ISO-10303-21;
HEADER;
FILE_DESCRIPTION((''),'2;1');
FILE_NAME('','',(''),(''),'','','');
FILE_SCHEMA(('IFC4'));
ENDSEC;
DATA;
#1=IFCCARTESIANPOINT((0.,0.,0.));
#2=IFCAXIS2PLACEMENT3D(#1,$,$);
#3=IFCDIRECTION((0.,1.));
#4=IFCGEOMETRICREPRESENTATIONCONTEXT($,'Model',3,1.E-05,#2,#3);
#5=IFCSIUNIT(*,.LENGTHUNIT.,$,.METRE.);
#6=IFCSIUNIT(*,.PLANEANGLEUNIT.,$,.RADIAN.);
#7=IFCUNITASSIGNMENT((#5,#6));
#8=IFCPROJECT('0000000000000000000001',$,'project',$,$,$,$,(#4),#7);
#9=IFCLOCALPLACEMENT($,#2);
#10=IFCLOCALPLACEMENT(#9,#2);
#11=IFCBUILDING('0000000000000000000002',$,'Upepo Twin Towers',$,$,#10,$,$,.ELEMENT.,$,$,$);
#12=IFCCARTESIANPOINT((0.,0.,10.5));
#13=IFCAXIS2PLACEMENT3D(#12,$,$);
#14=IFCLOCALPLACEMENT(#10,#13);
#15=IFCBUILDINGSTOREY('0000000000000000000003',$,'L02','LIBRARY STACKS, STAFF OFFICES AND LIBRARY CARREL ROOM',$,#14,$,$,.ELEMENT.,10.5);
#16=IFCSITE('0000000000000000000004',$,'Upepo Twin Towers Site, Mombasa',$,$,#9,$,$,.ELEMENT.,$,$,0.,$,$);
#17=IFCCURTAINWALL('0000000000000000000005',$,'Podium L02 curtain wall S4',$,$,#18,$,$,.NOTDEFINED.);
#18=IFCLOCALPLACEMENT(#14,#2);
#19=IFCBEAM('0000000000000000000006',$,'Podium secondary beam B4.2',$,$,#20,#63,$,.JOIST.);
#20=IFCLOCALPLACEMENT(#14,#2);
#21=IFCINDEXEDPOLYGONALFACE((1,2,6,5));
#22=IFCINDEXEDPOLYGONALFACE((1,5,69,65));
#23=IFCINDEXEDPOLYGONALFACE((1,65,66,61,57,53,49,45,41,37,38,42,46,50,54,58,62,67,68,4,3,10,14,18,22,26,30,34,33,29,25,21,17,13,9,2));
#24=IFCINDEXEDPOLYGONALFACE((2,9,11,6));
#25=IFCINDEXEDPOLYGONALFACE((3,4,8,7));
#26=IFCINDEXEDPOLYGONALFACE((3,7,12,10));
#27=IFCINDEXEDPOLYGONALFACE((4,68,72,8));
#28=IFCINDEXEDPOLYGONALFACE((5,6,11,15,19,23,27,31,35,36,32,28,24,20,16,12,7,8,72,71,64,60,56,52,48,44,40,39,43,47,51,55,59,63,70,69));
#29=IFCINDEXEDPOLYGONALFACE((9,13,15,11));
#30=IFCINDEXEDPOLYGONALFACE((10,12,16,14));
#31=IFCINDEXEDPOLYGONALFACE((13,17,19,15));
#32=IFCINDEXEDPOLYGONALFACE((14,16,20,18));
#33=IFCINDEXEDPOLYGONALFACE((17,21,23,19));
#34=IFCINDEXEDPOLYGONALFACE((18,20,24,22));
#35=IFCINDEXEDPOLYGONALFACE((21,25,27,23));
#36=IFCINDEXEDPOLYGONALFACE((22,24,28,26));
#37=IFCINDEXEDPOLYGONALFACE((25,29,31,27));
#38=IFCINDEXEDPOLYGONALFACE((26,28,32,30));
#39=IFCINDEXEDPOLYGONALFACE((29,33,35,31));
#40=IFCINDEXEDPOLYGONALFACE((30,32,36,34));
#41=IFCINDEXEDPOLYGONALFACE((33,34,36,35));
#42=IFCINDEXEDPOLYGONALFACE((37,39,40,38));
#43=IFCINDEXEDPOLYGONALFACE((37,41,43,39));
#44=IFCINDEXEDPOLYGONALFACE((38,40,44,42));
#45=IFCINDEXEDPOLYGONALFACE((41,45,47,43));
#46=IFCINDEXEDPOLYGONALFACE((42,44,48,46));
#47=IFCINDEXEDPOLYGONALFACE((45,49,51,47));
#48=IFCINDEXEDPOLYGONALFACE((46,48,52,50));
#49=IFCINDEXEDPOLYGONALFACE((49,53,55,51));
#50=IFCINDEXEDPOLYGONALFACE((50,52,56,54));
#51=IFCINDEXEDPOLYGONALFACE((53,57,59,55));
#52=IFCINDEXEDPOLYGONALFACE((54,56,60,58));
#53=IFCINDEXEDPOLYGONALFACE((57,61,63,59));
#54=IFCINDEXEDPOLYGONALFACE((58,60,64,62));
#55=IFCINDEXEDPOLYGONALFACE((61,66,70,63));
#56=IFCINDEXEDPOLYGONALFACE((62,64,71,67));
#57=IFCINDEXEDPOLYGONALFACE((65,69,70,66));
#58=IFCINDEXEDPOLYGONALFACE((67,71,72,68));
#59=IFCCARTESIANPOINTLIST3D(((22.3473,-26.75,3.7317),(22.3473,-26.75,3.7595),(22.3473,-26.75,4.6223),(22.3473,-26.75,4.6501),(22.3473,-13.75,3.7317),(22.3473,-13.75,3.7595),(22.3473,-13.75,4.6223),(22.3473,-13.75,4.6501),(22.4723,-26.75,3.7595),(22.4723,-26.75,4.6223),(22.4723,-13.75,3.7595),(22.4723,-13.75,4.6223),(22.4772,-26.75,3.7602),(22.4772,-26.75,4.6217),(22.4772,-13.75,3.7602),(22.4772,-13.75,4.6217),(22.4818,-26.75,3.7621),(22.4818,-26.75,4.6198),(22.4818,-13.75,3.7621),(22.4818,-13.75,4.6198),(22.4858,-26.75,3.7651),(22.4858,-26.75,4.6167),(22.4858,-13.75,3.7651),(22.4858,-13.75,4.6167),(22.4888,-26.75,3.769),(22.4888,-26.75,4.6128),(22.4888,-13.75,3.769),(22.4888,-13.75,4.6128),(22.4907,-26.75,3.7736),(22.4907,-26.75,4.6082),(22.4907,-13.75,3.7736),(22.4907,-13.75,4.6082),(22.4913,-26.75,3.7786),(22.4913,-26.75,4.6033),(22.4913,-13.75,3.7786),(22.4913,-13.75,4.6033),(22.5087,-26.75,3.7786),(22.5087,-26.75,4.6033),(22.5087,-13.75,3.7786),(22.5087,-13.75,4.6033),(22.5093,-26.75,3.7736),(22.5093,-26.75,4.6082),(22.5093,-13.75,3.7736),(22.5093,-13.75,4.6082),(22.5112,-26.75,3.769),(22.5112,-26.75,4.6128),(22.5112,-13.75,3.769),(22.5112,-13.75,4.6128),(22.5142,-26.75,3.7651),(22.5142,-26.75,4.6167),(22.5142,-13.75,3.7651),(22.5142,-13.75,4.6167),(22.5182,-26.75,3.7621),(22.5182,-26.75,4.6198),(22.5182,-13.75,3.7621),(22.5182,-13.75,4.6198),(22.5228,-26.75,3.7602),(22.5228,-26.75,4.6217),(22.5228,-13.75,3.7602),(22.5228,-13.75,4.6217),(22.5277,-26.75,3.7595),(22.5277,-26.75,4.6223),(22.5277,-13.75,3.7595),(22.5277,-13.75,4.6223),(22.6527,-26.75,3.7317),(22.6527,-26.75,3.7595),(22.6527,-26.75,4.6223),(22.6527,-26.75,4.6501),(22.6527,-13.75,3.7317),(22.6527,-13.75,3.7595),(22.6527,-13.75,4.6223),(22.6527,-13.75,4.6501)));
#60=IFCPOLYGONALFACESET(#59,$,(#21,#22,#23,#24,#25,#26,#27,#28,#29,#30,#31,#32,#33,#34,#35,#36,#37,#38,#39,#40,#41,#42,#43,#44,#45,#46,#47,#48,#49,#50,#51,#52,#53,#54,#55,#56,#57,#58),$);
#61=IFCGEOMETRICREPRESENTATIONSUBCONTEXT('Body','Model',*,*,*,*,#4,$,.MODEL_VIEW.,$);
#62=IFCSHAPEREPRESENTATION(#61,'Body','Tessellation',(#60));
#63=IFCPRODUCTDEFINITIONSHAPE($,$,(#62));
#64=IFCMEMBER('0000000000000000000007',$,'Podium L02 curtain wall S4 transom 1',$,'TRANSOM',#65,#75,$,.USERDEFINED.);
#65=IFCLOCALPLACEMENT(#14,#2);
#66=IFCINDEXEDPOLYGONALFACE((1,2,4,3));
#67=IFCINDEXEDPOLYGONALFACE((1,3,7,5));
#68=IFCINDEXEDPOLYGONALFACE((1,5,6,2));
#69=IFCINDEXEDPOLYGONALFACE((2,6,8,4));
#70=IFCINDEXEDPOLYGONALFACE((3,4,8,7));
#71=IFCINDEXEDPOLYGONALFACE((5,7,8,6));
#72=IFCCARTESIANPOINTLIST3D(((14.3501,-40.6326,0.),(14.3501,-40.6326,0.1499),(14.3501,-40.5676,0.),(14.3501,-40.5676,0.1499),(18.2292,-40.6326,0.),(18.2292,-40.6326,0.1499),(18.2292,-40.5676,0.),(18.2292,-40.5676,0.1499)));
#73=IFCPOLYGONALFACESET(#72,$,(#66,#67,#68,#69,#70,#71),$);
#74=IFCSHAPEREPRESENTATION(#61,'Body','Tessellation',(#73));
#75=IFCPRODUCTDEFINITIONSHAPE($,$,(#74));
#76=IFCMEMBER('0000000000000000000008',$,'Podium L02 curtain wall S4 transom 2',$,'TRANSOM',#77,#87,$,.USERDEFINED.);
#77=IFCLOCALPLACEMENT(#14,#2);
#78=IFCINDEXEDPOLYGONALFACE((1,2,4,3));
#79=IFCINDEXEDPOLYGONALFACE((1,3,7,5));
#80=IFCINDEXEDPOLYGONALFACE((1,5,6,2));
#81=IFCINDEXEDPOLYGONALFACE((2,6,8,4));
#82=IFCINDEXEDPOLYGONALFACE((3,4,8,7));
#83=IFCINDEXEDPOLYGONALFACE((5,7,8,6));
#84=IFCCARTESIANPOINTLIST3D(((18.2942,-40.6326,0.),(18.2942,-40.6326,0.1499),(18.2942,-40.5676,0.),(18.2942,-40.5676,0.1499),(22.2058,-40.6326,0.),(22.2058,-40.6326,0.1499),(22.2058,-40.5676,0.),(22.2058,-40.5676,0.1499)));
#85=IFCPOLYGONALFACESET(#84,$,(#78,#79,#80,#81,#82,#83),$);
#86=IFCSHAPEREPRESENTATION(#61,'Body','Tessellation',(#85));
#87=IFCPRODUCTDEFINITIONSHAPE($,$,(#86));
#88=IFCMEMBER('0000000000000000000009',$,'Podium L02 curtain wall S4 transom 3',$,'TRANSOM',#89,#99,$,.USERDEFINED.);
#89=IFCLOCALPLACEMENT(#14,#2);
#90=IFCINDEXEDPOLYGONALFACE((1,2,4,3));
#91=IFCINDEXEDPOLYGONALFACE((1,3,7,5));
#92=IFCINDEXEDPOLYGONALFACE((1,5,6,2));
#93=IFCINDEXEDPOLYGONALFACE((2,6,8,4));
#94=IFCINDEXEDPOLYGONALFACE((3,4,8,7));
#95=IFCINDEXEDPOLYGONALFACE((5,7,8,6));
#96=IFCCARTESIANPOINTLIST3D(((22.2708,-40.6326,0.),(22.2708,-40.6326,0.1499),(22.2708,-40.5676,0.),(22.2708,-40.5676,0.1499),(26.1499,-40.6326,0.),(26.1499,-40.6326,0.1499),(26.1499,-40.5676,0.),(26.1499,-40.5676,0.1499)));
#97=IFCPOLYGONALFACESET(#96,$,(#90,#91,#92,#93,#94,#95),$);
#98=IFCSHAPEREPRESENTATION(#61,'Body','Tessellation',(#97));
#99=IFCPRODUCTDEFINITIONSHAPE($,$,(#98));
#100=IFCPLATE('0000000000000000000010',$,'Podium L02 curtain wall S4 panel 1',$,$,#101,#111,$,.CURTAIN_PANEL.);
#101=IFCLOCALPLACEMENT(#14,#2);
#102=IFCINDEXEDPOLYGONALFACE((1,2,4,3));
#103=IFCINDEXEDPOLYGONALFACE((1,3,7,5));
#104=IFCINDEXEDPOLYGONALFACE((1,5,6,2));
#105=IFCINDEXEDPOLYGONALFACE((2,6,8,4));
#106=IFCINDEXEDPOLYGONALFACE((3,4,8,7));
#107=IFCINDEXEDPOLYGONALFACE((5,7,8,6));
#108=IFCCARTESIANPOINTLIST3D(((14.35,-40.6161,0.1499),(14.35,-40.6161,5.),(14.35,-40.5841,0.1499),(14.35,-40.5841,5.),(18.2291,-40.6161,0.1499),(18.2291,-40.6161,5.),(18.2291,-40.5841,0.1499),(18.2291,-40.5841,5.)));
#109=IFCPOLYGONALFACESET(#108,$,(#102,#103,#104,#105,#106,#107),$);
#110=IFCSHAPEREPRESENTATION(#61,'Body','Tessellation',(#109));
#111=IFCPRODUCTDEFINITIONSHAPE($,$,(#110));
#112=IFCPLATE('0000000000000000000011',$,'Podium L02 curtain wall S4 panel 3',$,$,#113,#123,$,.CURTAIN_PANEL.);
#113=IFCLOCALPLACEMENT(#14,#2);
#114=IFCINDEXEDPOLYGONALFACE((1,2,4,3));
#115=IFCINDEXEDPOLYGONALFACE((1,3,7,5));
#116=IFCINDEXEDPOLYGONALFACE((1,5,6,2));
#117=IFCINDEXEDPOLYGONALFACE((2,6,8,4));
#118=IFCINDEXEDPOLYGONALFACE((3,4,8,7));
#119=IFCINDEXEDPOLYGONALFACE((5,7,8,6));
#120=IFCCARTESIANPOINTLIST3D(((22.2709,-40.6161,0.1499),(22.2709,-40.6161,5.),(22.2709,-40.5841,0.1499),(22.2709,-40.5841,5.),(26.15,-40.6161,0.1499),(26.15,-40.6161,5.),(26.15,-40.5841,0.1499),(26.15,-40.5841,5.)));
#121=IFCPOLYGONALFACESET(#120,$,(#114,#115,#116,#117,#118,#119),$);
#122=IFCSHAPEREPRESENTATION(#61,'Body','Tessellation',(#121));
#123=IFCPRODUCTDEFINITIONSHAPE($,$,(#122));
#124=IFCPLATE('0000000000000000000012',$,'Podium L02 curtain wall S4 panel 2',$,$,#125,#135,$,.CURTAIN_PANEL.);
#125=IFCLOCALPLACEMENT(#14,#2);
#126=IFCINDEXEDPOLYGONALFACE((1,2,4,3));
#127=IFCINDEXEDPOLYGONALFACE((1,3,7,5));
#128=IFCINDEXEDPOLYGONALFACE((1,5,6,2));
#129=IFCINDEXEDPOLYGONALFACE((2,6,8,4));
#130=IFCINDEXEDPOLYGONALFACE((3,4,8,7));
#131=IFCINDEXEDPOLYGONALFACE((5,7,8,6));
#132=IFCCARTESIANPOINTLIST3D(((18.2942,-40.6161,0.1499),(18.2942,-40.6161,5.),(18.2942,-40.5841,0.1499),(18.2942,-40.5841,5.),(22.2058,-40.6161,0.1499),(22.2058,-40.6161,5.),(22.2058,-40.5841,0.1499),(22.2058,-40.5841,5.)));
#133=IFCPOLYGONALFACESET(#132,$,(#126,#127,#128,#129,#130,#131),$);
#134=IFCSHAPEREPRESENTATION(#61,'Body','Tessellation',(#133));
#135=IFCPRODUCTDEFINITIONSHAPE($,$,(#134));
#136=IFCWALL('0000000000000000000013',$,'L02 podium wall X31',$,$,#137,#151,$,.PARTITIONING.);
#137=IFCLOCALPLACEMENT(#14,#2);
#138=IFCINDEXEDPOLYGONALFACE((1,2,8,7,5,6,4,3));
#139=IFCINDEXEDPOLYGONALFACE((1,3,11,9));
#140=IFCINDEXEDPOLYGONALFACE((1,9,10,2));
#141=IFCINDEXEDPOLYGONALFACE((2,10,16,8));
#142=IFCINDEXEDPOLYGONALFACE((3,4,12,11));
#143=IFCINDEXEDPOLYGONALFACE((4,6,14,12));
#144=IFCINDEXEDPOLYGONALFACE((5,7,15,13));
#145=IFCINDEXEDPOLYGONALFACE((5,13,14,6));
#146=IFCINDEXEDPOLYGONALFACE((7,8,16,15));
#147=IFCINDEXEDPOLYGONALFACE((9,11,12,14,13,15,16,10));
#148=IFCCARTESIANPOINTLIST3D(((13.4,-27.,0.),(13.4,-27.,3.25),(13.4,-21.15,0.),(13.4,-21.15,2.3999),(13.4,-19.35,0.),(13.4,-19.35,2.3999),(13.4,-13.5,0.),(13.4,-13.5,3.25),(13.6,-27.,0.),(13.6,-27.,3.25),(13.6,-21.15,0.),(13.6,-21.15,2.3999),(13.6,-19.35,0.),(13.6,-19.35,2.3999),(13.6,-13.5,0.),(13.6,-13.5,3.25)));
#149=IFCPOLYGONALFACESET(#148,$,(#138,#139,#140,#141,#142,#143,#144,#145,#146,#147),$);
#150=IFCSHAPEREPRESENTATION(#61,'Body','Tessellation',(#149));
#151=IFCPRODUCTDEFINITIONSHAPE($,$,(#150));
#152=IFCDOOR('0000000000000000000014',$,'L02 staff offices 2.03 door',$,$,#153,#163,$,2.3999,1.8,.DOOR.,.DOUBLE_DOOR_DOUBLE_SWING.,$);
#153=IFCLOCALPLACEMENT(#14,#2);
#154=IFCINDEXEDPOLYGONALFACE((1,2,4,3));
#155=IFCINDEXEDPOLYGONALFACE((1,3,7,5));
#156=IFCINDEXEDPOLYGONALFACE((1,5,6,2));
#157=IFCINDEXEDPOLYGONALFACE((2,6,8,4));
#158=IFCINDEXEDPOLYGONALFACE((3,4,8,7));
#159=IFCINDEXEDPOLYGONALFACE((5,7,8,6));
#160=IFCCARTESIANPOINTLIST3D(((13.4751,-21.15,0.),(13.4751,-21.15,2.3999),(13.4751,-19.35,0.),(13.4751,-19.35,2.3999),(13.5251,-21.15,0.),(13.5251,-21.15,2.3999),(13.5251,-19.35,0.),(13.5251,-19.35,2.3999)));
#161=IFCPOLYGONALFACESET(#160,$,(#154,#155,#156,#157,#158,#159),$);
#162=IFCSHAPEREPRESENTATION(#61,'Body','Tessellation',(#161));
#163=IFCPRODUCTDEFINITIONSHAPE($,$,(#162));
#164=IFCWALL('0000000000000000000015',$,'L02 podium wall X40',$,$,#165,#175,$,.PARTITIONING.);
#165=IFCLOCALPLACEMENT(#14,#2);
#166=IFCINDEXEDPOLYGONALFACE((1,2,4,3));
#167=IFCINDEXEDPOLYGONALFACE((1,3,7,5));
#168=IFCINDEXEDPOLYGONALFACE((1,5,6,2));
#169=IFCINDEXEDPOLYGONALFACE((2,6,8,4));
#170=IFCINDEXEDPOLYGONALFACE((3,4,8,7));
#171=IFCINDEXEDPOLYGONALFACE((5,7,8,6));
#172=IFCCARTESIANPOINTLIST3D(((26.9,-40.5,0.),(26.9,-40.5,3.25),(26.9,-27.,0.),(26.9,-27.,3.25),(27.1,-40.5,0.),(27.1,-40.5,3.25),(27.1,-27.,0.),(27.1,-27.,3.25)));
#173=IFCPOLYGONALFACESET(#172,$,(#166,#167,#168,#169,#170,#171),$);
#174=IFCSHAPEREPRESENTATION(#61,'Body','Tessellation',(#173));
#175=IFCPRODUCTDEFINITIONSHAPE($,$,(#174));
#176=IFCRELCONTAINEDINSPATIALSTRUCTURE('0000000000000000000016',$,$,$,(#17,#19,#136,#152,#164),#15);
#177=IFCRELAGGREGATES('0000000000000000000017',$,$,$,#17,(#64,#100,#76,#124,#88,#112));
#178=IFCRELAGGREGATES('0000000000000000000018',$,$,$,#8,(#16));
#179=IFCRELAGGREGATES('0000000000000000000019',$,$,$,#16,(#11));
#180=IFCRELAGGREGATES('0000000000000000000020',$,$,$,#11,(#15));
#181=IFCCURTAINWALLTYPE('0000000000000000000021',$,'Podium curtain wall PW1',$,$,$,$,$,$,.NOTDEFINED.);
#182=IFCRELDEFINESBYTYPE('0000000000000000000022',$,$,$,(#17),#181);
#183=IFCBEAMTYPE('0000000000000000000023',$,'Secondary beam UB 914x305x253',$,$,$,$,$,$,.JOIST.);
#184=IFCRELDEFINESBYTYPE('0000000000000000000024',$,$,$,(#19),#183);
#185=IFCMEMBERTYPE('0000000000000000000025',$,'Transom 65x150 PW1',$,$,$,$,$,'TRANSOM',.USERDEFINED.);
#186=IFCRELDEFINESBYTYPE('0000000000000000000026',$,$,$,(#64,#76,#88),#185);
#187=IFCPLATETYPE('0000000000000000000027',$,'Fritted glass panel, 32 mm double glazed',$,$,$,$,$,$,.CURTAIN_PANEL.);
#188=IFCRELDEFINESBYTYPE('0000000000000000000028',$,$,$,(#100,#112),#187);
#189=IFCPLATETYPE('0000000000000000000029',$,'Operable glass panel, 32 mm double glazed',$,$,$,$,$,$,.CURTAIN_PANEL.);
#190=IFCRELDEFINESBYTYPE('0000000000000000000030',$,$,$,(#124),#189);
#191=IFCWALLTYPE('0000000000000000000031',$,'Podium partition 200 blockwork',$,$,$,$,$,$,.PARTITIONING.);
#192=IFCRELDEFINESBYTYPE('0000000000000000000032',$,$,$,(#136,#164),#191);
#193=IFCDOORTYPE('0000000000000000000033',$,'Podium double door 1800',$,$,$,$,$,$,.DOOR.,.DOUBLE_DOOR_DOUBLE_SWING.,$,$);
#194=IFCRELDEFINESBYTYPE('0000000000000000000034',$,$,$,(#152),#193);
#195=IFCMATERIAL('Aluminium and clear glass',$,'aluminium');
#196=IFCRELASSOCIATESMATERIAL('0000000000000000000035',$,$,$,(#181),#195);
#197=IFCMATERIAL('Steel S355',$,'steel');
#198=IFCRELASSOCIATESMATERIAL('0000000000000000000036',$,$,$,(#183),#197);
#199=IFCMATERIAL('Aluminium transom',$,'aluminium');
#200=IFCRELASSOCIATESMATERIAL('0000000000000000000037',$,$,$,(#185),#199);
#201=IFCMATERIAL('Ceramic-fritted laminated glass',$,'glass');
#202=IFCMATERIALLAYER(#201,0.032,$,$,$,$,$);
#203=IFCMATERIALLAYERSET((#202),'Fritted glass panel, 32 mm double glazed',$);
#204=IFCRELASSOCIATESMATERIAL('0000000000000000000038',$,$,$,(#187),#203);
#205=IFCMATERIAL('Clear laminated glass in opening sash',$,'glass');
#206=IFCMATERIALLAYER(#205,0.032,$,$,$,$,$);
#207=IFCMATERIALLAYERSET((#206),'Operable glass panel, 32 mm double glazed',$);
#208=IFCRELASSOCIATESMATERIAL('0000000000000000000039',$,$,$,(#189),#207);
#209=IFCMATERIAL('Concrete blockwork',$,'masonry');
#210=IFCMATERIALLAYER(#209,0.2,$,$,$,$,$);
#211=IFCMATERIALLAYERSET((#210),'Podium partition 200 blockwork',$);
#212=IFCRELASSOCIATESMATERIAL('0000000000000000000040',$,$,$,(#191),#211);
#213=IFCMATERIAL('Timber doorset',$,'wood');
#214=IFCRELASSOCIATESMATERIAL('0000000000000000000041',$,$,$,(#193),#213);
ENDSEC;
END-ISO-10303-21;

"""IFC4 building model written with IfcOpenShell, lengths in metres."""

from ifc_helpers import new_model, si_unit, direction, frame, frame_2d, origin, origin_2d, place, context, subcontext, project, spatial, rectangle, i_section, extrude, material, layer, layer_set, material_profile, profile_set, type_object, element, fill, aggregate, save


model = new_model("IFC4")

# Units and contexts
model_context = context("Model", 3, precision=1e-05, world=origin(), true_north=direction((0.0, 1.0)))
body_context = subcontext(model_context, "Body", "Model", "MODEL_VIEW")
ifc_project = project(units=[si_unit("LENGTHUNIT", "METRE"), si_unit("PLANEANGLEUNIT", "RADIAN")], contexts=[model_context])

# Site, building, storey
site_placement = place(None, origin())
site = spatial("IfcSite", under=ifc_project, at=site_placement, Name="Upepo Twin Towers Site, Mombasa", CompositionType="ELEMENT", RefElevation=0.0)
building_placement = place(site_placement, origin())
building = spatial("IfcBuilding", under=site, at=building_placement, Name="Upepo Twin Towers", CompositionType="ELEMENT")
storey_placement = place(building_placement, frame((0.0, 0.0, 10.5)))
storey = spatial("IfcBuildingStorey", under=building, at=storey_placement, Name="L02", Description="LIBRARY STACKS, STAFF OFFICES AND LIBRARY CARREL ROOM", CompositionType="ELEMENT", Elevation=10.5)

# Curtain wall
ifc_material_1 = material(Name="Aluminium and clear glass", Category="aluminium")
curtain_wall_type = type_object("IfcCurtainWallType", Name="Podium curtain wall PW1", PredefinedType="NOTDEFINED", material=ifc_material_1)
curtain_wall_placement = place(storey_placement, origin())
curtain_wall = element("IfcCurtainWall", 1, at=curtain_wall_placement, inside=storey, type_object=curtain_wall_type, Name="Podium L02 curtain wall S4", PredefinedType="NOTDEFINED")

# Beam
ifc_material_2 = material(Name="Steel S355", Category="steel")
ifc_material_profile_1 = material_profile(ifc_material_2, i_section(OverallWidth=0.3054, OverallDepth=0.9185, WebThickness=0.0173, FlangeThickness=0.0278, FilletRadius=0.019, at=origin_2d()), Name="UB 914x305x253")
ifc_profile_set_1 = profile_set([ifc_material_profile_1], Name="Steel S355")
beam_type_1 = type_object("IfcBeamType", Name="Secondary beam UB 914x305x253", PredefinedType="JOIST", material=ifc_profile_set_1)
for number, where, z_axis, x_axis, name in (
    (2, (22.5, -26.75, 4.1909), (0.0, 1.0, 0.0), (-1.0, 0.0, 0.0), "Podium secondary beam B4.2"),
):
    element("IfcBeam", number, at=place(storey_placement, frame(where, z_axis=z_axis, x_axis=x_axis)), inside=storey, type_object=beam_type_1, Name=name, PredefinedType="JOIST", context=body_context, shape_type="SweptSolid", body=[
        extrude(i_section(OverallWidth=0.3054, OverallDepth=0.9185, WebThickness=0.0173, FlangeThickness=0.0278, FilletRadius=0.019, at=origin_2d()), origin(), (0.0, 0.0, 1.0), 13.0),
    ])

# Members
ifc_material_3 = material(Name="Aluminium transom", Category="aluminium")
ifc_material_profile_2 = material_profile(ifc_material_3, rectangle(XDim=0.0649, YDim=0.1499, at=origin_2d()), Name="TRANSOM 65x150 PODIUM")
ifc_profile_set_2 = profile_set([ifc_material_profile_2], Name="Aluminium transom")
member_type_1 = type_object("IfcMemberType", Name="Transom 65x150 PW1", ElementType="TRANSOM", PredefinedType="USERDEFINED", material=ifc_profile_set_2)
member_1_placement = place(storey_placement, frame((14.3501, -40.6001, 0.075), z_axis=(1.0, 0.0, 0.0), x_axis=(0.0, 1.0, 0.0)))
member_1 = element("IfcMember", 3, at=member_1_placement, type_object=member_type_1, Name="Podium L02 curtain wall S4 transom 1", ObjectType="TRANSOM", PredefinedType="USERDEFINED", context=body_context, shape_type="SweptSolid", body=[
    extrude(rectangle(XDim=0.0649, YDim=0.1499, at=origin_2d()), origin(), (0.0, 0.0, 1.0), 3.8792),
])
member_2_placement = place(storey_placement, frame((18.2942, -40.6001, 0.075), z_axis=(1.0, 0.0, 0.0), x_axis=(0.0, 1.0, 0.0)))
member_2 = element("IfcMember", 4, at=member_2_placement, type_object=member_type_1, Name="Podium L02 curtain wall S4 transom 2", ObjectType="TRANSOM", PredefinedType="USERDEFINED", context=body_context, shape_type="SweptSolid", body=[
    extrude(rectangle(XDim=0.0649, YDim=0.1499, at=origin_2d()), origin(), (0.0, 0.0, 1.0), 3.9116),
])
member_3_placement = place(storey_placement, frame((22.2708, -40.6001, 0.075), z_axis=(1.0, 0.0, 0.0), x_axis=(0.0, 1.0, 0.0)))
member_3 = element("IfcMember", 5, at=member_3_placement, type_object=member_type_1, Name="Podium L02 curtain wall S4 transom 3", ObjectType="TRANSOM", PredefinedType="USERDEFINED", context=body_context, shape_type="SweptSolid", body=[
    extrude(rectangle(XDim=0.0649, YDim=0.1499, at=origin_2d()), origin(), (0.0, 0.0, 1.0), 3.8792),
])

# Plates
ifc_material_4 = material(Name="Ceramic-fritted laminated glass", Category="glass")
ifc_layer_1 = layer(ifc_material_4, 0.032)
ifc_layer_set_1 = layer_set([ifc_layer_1], Name="Fritted glass panel, 32 mm double glazed")
plate_type_1 = type_object("IfcPlateType", Name="Fritted glass panel, 32 mm double glazed", PredefinedType="CURTAIN_PANEL", material=ifc_layer_set_1)
plate_1_placement = place(storey_placement, frame((16.2896, -40.6001, 0.1499), z_axis=(0.0, 0.0, 1.0), x_axis=(1.0, 0.0, 0.0)))
plate_1 = element("IfcPlate", 6, at=plate_1_placement, type_object=plate_type_1, Name="Podium L02 curtain wall S4 panel 1", PredefinedType="CURTAIN_PANEL", context=body_context, shape_type="SweptSolid", body=[
    extrude(rectangle(XDim=3.8792, YDim=0.032, at=origin_2d()), origin(), (0.0, 0.0, 1.0), 4.8501),
])
plate_2_placement = place(storey_placement, frame((24.2104, -40.6001, 0.1499), z_axis=(0.0, 0.0, 1.0), x_axis=(1.0, 0.0, 0.0)))
plate_2 = element("IfcPlate", 7, at=plate_2_placement, type_object=plate_type_1, Name="Podium L02 curtain wall S4 panel 3", PredefinedType="CURTAIN_PANEL", context=body_context, shape_type="SweptSolid", body=[
    extrude(rectangle(XDim=3.8792, YDim=0.032, at=origin_2d()), origin(), (0.0, 0.0, 1.0), 4.8501),
])
ifc_material_5 = material(Name="Clear laminated glass in opening sash", Category="glass")
ifc_layer_2 = layer(ifc_material_5, 0.032)
ifc_layer_set_2 = layer_set([ifc_layer_2], Name="Operable glass panel, 32 mm double glazed")
plate_type_2 = type_object("IfcPlateType", Name="Operable glass panel, 32 mm double glazed", PredefinedType="CURTAIN_PANEL", material=ifc_layer_set_2)
plate_3_placement = place(storey_placement, frame((20.25, -40.6001, 0.1499), z_axis=(0.0, 0.0, 1.0), x_axis=(1.0, 0.0, 0.0)))
plate_3 = element("IfcPlate", 8, at=plate_3_placement, type_object=plate_type_2, Name="Podium L02 curtain wall S4 panel 2", PredefinedType="CURTAIN_PANEL", context=body_context, shape_type="SweptSolid", body=[
    extrude(rectangle(XDim=3.9116, YDim=0.032, at=origin_2d()), origin(), (0.0, 0.0, 1.0), 4.8501),
])
aggregate(curtain_wall, [member_1, plate_1, member_2, plate_3, member_3, plate_2])

# Wall, opening, door
ifc_material_6 = material(Name="Concrete blockwork", Category="masonry")
ifc_layer_3 = layer(ifc_material_6, 0.2)
ifc_layer_set_3 = layer_set([ifc_layer_3], Name="Podium partition 200 blockwork")
wall_type = type_object("IfcWallType", Name="Podium partition 200 blockwork", PredefinedType="PARTITIONING", material=ifc_layer_set_3)
wall_1_placement = place(storey_placement, frame((13.5, -27.0, 0.0), z_axis=(0.0, 0.0, 1.0), x_axis=(0.0, 1.0, 0.0)))
wall_1 = element("IfcWall", 9, at=wall_1_placement, inside=storey, type_object=wall_type, Name="L02 podium wall X31", PredefinedType="PARTITIONING", context=body_context, shape_type="SweptSolid", body=[
    extrude(rectangle(XDim=13.5, YDim=0.2, at=frame_2d((6.75, 0.0))), origin(), (0.0, 0.0, 1.0), 3.25),
])
opening_1_placement = place(wall_1_placement, frame((5.8501, 0.0, 0.0)))
opening_1 = element("IfcOpeningElement", 10, at=opening_1_placement, cuts=wall_1, PredefinedType="OPENING", context=body_context, shape_type="SweptSolid", body=[
    extrude(rectangle(XDim=1.8, YDim=2.3999, at=frame_2d((0.8999, 1.2))), frame((0.0, 0.1099, 0.0), z_axis=(0.0, -1.0, 0.0), x_axis=(1.0, 0.0, 0.0)), (0.0, 0.0, 1.0), 0.22),
])
ifc_material_7 = material(Name="Timber doorset", Category="wood")
door_type = type_object("IfcDoorType", Name="Podium double door 1800", OperationType="DOUBLE_DOOR_DOUBLE_SWING", PredefinedType="DOOR", material=ifc_material_7)
door_1_placement = place(opening_1_placement, origin())
door_1 = element("IfcDoor", 11, at=door_1_placement, inside=storey, type_object=door_type, Name="L02 staff offices 2.03 door", OperationType="DOUBLE_DOOR_DOUBLE_SWING", OverallHeight=2.3999, OverallWidth=1.8, PredefinedType="DOOR", context=body_context, shape_type="SweptSolid", body=[
    extrude(rectangle(XDim=1.8, YDim=2.3999, at=frame_2d((0.8999, 1.2))), frame((0.0, 0.0249, 0.0), z_axis=(0.0, -1.0, 0.0), x_axis=(1.0, 0.0, 0.0)), (0.0, 0.0, 1.0), 0.05),
])
fill(opening_1, door_1)

# Wall
wall_2_placement = place(storey_placement, frame((27.0, -40.5, 0.0), z_axis=(0.0, 0.0, 1.0), x_axis=(0.0, 1.0, 0.0)))
element("IfcWall", 12, at=wall_2_placement, inside=storey, type_object=wall_type, Name="L02 podium wall X40", PredefinedType="PARTITIONING", context=body_context, shape_type="SweptSolid", body=[
    extrude(rectangle(XDim=13.5, YDim=0.2, at=frame_2d((6.75, 0.0))), origin(), (0.0, 0.0, 1.0), 3.25),
])

save(model, "model.ifc")
